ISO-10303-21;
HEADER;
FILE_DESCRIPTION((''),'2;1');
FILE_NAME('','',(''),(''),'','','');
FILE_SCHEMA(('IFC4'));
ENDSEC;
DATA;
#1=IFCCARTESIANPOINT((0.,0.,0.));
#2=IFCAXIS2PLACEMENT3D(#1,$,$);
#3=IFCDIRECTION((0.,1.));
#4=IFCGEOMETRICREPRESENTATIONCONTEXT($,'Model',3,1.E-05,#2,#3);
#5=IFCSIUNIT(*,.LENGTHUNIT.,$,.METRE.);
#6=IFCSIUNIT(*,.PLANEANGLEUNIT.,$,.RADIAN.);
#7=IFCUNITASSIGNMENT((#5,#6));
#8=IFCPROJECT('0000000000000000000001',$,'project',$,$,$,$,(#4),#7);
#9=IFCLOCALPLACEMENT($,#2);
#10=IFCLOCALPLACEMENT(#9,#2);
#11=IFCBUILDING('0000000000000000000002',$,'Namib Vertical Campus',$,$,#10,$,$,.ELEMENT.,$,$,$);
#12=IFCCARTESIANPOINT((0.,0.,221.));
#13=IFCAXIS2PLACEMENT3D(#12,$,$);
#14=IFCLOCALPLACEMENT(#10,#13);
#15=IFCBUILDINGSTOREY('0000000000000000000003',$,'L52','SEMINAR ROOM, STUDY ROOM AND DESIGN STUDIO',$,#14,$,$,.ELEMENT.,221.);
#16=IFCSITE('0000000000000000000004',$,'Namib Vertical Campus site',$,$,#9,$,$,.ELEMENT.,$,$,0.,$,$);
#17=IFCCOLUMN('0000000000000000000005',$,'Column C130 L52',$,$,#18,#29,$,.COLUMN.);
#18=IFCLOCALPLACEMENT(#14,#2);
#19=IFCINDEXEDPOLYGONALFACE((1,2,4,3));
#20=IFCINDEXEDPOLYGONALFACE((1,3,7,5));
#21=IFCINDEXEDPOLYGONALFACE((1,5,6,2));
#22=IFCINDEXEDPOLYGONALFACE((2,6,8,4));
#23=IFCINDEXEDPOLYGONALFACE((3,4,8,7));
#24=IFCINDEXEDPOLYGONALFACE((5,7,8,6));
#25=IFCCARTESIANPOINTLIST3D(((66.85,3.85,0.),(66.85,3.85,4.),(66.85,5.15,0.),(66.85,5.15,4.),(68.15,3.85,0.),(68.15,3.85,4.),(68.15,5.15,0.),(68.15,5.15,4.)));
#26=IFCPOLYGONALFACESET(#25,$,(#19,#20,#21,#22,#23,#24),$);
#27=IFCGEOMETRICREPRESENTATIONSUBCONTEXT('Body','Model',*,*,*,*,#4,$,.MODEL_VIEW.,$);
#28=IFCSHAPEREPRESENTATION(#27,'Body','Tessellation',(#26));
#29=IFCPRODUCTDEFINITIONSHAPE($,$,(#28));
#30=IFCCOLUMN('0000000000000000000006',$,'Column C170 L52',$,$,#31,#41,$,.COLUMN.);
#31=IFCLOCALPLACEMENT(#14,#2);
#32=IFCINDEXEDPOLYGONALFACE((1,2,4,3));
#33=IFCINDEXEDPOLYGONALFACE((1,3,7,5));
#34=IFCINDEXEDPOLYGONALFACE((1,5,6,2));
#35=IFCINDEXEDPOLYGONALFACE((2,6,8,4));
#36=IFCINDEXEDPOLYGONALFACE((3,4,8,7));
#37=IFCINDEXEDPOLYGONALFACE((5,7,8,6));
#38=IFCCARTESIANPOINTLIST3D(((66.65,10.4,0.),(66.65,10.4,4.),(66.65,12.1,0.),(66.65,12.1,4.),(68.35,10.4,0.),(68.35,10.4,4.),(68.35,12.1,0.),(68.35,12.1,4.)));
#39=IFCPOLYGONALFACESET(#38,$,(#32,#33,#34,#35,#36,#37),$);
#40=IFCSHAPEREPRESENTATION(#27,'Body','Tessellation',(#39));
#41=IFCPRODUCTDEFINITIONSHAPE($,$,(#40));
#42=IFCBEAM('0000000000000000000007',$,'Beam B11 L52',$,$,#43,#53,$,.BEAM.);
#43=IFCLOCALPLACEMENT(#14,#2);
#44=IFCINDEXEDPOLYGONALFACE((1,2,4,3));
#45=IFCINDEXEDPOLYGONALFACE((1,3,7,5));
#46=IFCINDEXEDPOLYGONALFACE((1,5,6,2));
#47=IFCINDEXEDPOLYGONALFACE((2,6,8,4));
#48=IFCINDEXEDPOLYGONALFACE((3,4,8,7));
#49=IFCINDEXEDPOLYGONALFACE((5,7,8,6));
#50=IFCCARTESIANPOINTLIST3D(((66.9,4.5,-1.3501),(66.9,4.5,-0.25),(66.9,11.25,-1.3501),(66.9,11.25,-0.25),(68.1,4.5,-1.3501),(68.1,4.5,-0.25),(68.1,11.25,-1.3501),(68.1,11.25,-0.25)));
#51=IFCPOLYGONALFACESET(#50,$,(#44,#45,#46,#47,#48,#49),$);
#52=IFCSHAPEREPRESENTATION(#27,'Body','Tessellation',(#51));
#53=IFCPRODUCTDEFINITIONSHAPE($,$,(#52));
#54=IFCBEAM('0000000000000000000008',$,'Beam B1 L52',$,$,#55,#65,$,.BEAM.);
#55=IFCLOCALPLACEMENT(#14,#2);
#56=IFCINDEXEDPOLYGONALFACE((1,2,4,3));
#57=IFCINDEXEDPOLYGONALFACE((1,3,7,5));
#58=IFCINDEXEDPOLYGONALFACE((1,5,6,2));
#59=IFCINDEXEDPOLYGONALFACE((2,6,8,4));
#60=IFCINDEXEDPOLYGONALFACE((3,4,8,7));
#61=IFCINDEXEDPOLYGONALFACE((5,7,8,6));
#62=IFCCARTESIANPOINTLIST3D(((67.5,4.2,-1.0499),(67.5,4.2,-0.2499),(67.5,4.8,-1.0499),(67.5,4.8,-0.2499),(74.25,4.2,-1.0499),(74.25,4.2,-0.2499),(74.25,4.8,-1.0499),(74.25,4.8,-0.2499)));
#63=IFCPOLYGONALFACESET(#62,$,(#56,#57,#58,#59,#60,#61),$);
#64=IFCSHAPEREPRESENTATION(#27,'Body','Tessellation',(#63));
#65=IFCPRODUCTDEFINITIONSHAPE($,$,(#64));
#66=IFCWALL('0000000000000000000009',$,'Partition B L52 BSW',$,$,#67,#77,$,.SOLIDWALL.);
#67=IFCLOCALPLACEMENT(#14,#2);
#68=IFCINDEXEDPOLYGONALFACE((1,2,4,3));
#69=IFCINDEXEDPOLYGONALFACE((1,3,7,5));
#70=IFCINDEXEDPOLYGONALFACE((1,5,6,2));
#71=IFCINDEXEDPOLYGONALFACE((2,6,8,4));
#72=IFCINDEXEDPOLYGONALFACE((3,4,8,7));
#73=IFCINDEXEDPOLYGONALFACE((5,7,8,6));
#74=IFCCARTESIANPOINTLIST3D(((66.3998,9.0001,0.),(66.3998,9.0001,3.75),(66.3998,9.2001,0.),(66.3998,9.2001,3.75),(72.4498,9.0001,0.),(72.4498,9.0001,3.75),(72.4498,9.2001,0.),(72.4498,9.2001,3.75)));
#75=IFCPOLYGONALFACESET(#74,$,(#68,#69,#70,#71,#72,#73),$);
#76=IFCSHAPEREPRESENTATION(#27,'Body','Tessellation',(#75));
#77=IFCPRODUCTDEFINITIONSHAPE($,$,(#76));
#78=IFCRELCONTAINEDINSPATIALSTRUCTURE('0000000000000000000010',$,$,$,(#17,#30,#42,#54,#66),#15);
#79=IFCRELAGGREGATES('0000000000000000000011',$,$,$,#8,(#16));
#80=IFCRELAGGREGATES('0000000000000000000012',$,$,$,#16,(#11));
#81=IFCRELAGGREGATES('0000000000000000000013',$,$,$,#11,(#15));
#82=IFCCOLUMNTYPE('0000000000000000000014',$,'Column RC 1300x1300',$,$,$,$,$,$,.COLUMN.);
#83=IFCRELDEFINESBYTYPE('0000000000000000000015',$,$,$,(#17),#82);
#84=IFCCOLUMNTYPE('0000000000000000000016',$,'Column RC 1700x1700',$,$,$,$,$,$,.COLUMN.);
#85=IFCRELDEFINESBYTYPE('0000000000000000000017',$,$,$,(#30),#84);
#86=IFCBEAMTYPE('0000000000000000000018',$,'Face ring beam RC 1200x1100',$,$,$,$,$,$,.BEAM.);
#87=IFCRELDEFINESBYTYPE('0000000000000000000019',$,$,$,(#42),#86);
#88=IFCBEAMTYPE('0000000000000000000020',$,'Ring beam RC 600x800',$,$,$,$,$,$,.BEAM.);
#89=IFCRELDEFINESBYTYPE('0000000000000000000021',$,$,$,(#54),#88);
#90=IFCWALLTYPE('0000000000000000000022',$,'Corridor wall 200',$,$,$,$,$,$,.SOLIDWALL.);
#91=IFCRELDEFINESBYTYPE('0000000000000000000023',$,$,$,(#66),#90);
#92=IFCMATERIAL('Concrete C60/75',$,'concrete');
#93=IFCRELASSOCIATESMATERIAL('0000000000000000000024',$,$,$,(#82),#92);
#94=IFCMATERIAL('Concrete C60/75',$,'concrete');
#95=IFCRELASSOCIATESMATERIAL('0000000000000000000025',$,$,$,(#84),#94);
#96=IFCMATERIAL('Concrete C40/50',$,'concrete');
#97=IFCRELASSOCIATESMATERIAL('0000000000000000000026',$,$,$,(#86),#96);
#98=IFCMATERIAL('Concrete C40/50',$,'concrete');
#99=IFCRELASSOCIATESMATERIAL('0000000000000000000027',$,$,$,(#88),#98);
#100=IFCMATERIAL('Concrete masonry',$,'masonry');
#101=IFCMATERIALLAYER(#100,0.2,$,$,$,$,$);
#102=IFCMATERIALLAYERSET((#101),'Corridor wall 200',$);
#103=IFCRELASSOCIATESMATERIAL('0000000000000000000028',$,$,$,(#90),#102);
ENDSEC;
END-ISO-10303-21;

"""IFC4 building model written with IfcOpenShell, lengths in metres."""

from ifc_helpers import new_model, si_unit, direction, frame, frame_2d, origin, origin_2d, place, context, subcontext, project, spatial, rectangle, extrude, material, layer, layer_set, material_profile, profile_set, type_object, element, save


model = new_model("IFC4")

# Units and contexts
model_context = context("Model", 3, precision=1e-05, world=origin(), true_north=direction((0.0, 1.0)))
body_context = subcontext(model_context, "Body", "Model", "MODEL_VIEW")
ifc_project = project(units=[si_unit("LENGTHUNIT", "METRE"), si_unit("PLANEANGLEUNIT", "RADIAN")], contexts=[model_context])

# Site, building, storey
site_placement = place(None, origin())
site = spatial("IfcSite", under=ifc_project, at=site_placement, Name="Namib Vertical Campus site", CompositionType="ELEMENT", RefElevation=0.0)
building_placement = place(site_placement, origin())
building = spatial("IfcBuilding", under=site, at=building_placement, Name="Namib Vertical Campus", CompositionType="ELEMENT")
storey_placement = place(building_placement, frame((0.0, 0.0, 221.0)))
storey = spatial("IfcBuildingStorey", under=building, at=storey_placement, Name="L52", Description="SEMINAR ROOM, STUDY ROOM AND DESIGN STUDIO", CompositionType="ELEMENT", Elevation=221.0)

# Columns
ifc_material_1 = material(Name="Concrete C60/75", Category="concrete")
ifc_material_profile_1 = material_profile(ifc_material_1, rectangle(XDim=1.3, YDim=1.3, at=origin_2d()))
ifc_profile_set_1 = profile_set([ifc_material_profile_1], Name="Concrete C60/75")
column_type_1 = type_object("IfcColumnType", Name="Column RC 1300x1300", PredefinedType="COLUMN", material=ifc_profile_set_1)
column_1_placement = place(storey_placement, frame((67.5, 4.5, 0.0), z_axis=(0.0, 0.0, 1.0), x_axis=(1.0, 0.0, 0.0)))
element("IfcColumn", 1, at=column_1_placement, inside=storey, type_object=column_type_1, Name="Column C130 L52", PredefinedType="COLUMN", context=body_context, shape_type="SweptSolid", body=[
    extrude(rectangle(XDim=1.3, YDim=1.3, at=origin_2d()), origin(), (0.0, 0.0, 1.0), 4.0),
])
ifc_material_2 = material(Name="Concrete C60/75", Category="concrete")
ifc_material_profile_2 = material_profile(ifc_material_2, rectangle(XDim=1.7, YDim=1.7, at=origin_2d()))
ifc_profile_set_2 = profile_set([ifc_material_profile_2], Name="Concrete C60/75")
column_type_2 = type_object("IfcColumnType", Name="Column RC 1700x1700", PredefinedType="COLUMN", material=ifc_profile_set_2)
column_2_placement = place(storey_placement, frame((67.5, 11.25, 0.0), z_axis=(0.0, 0.0, 1.0), x_axis=(1.0, 0.0, 0.0)))
element("IfcColumn", 2, at=column_2_placement, inside=storey, type_object=column_type_2, Name="Column C170 L52", PredefinedType="COLUMN", context=body_context, shape_type="SweptSolid", body=[
    extrude(rectangle(XDim=1.7, YDim=1.7, at=origin_2d()), origin(), (0.0, 0.0, 1.0), 4.0),
])

# Beams
ifc_material_3 = material(Name="Concrete C40/50", Category="concrete")
ifc_material_profile_3 = material_profile(ifc_material_3, rectangle(XDim=1.2, YDim=1.1001, at=origin_2d()))
ifc_profile_set_3 = profile_set([ifc_material_profile_3], Name="Concrete C40/50")
beam_type_1 = type_object("IfcBeamType", Name="Face ring beam RC 1200x1100", PredefinedType="BEAM", material=ifc_profile_set_3)
beam_1_placement = place(storey_placement, frame((67.5, 4.5, -0.8), z_axis=(0.0, 1.0, 0.0), x_axis=(-1.0, 0.0, 0.0)))
element("IfcBeam", 3, at=beam_1_placement, inside=storey, type_object=beam_type_1, Name="Beam B11 L52", PredefinedType="BEAM", context=body_context, shape_type="SweptSolid", body=[
    extrude(rectangle(XDim=1.2, YDim=1.1001, at=origin_2d()), origin(), (0.0, 0.0, 1.0), 6.75),
])
ifc_material_4 = material(Name="Concrete C40/50", Category="concrete")
ifc_material_profile_4 = material_profile(ifc_material_4, rectangle(XDim=0.6001, YDim=0.8, at=origin_2d()))
ifc_profile_set_4 = profile_set([ifc_material_profile_4], Name="Concrete C40/50")
beam_type_2 = type_object("IfcBeamType", Name="Ring beam RC 600x800", PredefinedType="BEAM", material=ifc_profile_set_4)
beam_2_placement = place(storey_placement, frame((67.5, 4.5, -0.6499), z_axis=(1.0, 0.0, 0.0), x_axis=(0.0, 1.0, 0.0)))
element("IfcBeam", 4, at=beam_2_placement, inside=storey, type_object=beam_type_2, Name="Beam B1 L52", PredefinedType="BEAM", context=body_context, shape_type="SweptSolid", body=[
    extrude(rectangle(XDim=0.6001, YDim=0.8, at=origin_2d()), origin(), (0.0, 0.0, 1.0), 6.75),
])

# Wall
ifc_material_5 = material(Name="Concrete masonry", Category="masonry")
ifc_layer_1 = layer(ifc_material_5, 0.2)
ifc_layer_set_1 = layer_set([ifc_layer_1], Name="Corridor wall 200")
wall_type_1 = type_object("IfcWallType", Name="Corridor wall 200", PredefinedType="SOLIDWALL", material=ifc_layer_set_1)
wall_1_placement = place(storey_placement, frame((66.3999, 9.1001, 0.0), z_axis=(0.0, 0.0, 1.0), x_axis=(1.0, 0.0, 0.0)))
element("IfcWall", 5, at=wall_1_placement, inside=storey, type_object=wall_type_1, Name="Partition B L52 BSW", PredefinedType="SOLIDWALL", context=body_context, shape_type="SweptSolid", body=[
    extrude(rectangle(XDim=6.05, YDim=0.2, at=frame_2d((3.0249, 0.0))), origin(), (0.0, 0.0, 1.0), 3.75),
])

save(model, "model.ifc")
